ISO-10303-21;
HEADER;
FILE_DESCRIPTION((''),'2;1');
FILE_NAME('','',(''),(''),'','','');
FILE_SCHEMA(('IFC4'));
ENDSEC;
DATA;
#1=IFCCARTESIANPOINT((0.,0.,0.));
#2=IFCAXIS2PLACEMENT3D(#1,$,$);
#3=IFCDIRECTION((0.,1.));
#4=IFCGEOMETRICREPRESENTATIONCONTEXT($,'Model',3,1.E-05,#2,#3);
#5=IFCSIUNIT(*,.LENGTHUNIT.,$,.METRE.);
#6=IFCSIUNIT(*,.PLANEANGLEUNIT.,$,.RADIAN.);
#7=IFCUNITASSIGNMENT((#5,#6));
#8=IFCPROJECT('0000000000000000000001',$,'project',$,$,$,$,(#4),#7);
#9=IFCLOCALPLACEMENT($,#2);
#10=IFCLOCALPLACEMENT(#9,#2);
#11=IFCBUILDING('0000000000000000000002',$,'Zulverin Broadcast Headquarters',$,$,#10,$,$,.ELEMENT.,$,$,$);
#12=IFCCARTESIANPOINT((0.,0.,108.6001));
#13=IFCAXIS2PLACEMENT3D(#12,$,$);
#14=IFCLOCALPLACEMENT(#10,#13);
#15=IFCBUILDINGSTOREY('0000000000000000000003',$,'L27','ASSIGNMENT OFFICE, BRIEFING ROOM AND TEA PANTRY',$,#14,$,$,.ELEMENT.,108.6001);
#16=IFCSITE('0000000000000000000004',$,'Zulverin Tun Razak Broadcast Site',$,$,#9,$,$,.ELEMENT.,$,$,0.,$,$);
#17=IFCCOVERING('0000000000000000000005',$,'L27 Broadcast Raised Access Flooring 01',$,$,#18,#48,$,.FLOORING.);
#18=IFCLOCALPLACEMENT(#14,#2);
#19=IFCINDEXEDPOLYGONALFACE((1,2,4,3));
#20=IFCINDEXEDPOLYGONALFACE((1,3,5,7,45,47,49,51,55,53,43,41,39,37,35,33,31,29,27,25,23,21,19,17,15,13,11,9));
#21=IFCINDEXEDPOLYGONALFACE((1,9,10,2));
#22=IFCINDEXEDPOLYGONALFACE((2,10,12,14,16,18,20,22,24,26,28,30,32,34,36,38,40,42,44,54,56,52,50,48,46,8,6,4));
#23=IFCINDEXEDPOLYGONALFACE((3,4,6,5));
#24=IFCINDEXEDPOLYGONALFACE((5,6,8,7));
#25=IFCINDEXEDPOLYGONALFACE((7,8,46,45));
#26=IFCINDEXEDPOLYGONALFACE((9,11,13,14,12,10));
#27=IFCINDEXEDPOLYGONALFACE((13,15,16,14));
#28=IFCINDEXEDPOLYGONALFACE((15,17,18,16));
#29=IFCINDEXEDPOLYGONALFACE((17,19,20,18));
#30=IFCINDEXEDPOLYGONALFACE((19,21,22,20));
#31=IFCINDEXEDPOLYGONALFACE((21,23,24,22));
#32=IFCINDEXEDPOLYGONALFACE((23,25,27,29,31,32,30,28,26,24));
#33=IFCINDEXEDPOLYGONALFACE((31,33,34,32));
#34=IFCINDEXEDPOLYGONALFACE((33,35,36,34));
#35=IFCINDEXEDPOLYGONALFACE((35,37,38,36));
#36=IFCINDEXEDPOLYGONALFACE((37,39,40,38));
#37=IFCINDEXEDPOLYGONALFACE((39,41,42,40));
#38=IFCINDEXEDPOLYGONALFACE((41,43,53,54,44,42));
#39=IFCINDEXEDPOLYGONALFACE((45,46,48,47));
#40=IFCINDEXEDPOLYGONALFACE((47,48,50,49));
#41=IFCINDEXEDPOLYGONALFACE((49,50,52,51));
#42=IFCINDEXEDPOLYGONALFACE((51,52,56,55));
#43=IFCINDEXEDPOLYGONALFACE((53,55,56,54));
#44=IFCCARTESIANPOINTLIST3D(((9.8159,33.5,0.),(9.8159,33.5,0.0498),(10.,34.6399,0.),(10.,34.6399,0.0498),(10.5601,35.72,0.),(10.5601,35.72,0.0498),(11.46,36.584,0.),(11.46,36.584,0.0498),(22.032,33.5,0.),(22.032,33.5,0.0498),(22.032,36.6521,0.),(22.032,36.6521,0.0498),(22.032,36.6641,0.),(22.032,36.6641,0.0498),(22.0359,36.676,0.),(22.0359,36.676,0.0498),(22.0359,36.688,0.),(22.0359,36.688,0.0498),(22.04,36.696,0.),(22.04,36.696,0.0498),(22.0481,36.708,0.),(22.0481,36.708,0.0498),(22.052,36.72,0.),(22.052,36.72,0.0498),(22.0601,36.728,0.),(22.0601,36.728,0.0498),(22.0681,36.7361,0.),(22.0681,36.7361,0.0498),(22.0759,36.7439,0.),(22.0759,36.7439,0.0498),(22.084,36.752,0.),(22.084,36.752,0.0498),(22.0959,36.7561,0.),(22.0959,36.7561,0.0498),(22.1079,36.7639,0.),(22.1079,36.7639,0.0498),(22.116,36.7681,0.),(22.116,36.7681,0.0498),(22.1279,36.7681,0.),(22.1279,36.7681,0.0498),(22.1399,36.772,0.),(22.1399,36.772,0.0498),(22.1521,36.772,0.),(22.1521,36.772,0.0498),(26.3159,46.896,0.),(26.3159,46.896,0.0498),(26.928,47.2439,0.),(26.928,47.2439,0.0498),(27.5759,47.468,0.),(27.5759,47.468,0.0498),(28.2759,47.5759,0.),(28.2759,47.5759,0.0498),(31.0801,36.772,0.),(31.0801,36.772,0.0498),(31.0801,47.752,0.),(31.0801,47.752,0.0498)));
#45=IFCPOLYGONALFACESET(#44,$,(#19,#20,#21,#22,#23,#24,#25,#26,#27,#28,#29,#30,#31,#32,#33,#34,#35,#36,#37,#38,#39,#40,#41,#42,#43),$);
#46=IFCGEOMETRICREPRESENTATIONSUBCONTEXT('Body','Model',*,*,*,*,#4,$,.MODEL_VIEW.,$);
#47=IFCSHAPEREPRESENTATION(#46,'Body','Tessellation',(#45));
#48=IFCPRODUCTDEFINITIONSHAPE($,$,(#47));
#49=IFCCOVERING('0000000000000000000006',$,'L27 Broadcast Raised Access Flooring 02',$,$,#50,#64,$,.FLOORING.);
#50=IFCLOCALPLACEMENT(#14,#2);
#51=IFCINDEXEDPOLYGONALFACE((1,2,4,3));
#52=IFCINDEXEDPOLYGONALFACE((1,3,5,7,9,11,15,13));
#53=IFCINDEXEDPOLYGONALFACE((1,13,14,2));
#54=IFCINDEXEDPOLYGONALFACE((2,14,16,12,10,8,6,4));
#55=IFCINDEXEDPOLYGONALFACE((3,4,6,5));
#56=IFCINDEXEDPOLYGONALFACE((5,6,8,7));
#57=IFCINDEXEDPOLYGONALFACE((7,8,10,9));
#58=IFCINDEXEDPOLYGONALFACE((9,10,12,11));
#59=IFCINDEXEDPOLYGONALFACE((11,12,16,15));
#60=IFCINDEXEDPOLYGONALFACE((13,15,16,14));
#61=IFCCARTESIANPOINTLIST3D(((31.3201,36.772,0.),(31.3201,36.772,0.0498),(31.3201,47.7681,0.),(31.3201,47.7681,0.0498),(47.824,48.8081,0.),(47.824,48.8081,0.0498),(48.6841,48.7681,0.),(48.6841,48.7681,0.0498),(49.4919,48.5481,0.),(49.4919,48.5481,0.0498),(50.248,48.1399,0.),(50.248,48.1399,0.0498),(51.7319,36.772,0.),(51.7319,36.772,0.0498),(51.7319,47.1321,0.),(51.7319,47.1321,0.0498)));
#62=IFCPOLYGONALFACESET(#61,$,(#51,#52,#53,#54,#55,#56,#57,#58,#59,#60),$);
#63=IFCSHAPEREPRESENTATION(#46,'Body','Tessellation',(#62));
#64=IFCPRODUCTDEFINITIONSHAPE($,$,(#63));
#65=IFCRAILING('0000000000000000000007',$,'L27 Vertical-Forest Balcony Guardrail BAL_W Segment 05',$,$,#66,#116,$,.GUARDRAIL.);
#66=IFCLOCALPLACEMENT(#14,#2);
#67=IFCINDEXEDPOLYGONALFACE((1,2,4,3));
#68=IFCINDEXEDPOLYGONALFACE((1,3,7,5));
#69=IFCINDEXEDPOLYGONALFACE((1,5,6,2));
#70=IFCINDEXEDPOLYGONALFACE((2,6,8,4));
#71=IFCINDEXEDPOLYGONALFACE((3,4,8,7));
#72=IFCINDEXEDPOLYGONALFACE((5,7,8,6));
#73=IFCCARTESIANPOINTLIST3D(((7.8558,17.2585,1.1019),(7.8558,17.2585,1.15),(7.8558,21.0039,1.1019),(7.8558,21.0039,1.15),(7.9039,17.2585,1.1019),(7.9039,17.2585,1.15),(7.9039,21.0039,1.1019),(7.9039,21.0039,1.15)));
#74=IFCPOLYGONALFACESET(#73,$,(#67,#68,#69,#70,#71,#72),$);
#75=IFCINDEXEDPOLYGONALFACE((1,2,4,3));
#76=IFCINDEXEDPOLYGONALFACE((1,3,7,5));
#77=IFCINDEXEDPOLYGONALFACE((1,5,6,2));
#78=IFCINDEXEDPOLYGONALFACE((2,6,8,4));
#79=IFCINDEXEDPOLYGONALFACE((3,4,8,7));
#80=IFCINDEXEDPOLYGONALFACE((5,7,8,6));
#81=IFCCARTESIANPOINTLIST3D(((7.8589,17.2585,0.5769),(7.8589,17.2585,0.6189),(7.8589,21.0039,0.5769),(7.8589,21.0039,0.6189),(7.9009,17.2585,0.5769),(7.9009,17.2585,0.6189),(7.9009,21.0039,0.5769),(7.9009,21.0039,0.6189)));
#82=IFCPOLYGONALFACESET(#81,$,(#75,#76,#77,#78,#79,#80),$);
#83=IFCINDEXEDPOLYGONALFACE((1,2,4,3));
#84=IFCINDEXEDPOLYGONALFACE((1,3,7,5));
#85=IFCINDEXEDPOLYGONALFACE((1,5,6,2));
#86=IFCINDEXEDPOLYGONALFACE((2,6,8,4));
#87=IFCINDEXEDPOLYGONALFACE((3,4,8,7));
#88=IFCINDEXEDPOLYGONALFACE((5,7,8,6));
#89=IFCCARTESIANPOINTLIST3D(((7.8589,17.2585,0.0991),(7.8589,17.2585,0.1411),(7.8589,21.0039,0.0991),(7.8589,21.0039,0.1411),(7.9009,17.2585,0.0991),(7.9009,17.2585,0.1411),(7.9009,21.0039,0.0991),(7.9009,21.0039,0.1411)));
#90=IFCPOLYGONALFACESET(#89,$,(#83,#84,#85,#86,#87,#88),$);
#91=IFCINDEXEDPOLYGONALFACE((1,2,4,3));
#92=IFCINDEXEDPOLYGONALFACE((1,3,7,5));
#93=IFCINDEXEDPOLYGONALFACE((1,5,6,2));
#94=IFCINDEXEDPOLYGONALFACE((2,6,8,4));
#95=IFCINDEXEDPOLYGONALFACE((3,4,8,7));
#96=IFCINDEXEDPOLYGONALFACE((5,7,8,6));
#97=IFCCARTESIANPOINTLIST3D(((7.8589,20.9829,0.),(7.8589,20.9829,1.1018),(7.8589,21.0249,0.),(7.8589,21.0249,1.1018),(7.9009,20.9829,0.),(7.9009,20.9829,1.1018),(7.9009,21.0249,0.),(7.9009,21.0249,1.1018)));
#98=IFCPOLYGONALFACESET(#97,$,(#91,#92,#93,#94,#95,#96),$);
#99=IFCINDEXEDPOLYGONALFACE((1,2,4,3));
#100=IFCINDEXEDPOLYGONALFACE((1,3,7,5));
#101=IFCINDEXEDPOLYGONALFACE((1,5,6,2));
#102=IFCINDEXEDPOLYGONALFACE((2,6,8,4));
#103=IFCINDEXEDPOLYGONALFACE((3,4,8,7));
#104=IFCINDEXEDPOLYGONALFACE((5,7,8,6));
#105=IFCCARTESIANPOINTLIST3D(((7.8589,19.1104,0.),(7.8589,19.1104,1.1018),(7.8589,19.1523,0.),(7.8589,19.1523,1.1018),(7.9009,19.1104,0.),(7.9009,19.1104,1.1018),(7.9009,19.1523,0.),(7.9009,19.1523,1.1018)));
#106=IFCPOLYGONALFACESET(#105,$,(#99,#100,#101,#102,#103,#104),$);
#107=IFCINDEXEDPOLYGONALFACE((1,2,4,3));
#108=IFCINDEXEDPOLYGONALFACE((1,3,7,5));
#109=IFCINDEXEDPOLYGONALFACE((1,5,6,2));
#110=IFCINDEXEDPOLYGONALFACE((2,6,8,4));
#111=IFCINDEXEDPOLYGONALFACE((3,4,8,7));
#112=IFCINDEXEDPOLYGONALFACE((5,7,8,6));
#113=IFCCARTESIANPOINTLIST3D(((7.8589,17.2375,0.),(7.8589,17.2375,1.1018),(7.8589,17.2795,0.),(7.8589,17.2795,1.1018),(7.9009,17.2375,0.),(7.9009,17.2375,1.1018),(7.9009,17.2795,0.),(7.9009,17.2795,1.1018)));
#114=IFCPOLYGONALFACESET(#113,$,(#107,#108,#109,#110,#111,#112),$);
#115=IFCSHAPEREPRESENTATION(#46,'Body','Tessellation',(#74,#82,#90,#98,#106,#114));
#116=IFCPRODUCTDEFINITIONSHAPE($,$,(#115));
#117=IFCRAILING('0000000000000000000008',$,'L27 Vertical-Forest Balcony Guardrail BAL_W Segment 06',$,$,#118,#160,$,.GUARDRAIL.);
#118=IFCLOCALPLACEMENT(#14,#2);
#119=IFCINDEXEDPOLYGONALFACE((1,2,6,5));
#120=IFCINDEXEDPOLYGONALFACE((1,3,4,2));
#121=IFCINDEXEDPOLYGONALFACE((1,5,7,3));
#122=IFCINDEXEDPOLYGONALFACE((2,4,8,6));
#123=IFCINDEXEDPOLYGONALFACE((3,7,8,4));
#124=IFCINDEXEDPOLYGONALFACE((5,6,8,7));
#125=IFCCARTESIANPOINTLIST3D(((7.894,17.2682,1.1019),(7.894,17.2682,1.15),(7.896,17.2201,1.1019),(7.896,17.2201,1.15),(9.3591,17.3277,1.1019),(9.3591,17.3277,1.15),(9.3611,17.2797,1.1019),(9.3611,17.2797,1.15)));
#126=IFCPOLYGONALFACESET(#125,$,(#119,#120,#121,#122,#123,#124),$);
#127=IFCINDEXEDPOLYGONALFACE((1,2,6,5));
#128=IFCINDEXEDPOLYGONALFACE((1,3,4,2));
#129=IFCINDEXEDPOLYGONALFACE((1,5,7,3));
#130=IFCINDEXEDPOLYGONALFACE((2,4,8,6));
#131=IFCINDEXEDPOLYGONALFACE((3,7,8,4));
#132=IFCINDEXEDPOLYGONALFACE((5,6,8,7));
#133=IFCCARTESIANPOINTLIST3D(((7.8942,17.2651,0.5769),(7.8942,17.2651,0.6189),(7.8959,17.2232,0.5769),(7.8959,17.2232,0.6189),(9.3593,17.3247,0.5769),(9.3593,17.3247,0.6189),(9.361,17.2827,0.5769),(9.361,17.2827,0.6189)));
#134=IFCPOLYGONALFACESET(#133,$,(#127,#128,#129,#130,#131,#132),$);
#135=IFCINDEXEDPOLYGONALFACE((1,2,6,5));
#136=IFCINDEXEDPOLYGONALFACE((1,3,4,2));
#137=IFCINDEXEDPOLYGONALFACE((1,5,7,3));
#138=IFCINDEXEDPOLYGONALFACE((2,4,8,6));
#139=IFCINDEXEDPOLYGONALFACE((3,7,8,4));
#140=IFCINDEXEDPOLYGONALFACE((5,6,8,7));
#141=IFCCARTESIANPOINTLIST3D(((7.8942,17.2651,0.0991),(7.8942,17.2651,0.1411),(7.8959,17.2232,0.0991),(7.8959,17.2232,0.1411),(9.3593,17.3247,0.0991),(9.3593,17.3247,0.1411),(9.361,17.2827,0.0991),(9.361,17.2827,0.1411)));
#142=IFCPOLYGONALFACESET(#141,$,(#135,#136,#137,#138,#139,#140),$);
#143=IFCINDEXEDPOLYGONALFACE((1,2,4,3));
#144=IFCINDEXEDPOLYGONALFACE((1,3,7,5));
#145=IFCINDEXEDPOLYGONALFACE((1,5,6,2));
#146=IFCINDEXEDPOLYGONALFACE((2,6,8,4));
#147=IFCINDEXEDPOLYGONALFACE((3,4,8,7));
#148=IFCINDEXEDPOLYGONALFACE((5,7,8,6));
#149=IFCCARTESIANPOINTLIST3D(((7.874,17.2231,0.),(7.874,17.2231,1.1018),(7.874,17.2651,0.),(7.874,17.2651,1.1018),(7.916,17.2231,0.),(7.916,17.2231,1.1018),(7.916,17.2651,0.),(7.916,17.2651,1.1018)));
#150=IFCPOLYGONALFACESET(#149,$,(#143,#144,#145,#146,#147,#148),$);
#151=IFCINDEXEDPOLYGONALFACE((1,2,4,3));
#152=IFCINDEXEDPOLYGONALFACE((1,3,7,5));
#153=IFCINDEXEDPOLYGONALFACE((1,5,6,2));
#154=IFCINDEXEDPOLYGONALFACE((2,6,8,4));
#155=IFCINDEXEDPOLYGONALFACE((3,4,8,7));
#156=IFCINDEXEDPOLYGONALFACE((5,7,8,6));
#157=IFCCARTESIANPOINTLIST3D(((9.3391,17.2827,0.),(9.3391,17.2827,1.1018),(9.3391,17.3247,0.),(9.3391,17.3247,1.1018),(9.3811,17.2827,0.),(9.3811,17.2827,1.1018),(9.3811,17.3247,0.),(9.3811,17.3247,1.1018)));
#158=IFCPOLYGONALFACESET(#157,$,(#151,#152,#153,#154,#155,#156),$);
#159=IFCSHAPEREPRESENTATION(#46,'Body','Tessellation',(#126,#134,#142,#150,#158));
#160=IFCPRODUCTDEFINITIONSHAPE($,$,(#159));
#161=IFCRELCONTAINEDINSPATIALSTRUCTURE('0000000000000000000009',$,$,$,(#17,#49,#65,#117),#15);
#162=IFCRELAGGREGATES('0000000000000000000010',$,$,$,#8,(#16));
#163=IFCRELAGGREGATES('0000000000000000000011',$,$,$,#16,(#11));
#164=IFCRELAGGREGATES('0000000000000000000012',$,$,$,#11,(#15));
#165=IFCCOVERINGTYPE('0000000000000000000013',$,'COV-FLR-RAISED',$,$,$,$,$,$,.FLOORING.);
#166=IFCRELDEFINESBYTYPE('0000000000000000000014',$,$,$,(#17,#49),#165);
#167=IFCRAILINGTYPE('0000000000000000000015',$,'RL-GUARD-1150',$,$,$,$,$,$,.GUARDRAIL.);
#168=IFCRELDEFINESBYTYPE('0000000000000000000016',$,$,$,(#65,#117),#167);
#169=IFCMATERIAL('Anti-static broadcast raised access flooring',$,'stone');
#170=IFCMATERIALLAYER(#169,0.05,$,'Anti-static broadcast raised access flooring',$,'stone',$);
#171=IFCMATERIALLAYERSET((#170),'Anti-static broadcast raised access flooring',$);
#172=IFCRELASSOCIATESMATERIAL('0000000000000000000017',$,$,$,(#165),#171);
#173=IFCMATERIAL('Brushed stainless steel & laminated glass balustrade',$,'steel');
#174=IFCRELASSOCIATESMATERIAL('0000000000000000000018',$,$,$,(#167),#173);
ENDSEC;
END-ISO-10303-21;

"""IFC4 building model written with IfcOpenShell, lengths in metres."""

from ifc_helpers import new_model, si_unit, direction, frame, origin, origin_2d, place, context, subcontext, project, spatial, polyline, rectangle, outline, extrude, material, layer, layer_set, type_object, element, save


model = new_model("IFC4")

# Units and contexts
model_context = context("Model", 3, precision=1e-05, world=origin(), true_north=direction((0.0, 1.0)))
body_context = subcontext(model_context, "Body", "Model", "MODEL_VIEW")
ifc_project = project(units=[si_unit("LENGTHUNIT", "METRE"), si_unit("PLANEANGLEUNIT", "RADIAN")], contexts=[model_context])

# Site, building, storey
site_placement = place(None, origin())
site = spatial("IfcSite", under=ifc_project, at=site_placement, Name="Zulverin Tun Razak Broadcast Site", CompositionType="ELEMENT", RefElevation=0.0)
building_placement = place(site_placement, origin())
building = spatial("IfcBuilding", under=site, at=building_placement, Name="Zulverin Broadcast Headquarters", CompositionType="ELEMENT")
storey_placement = place(building_placement, frame((0.0, 0.0, 108.6001)))
storey = spatial("IfcBuildingStorey", under=building, at=storey_placement, Name="L27", Description="ASSIGNMENT OFFICE, BRIEFING ROOM AND TEA PANTRY", CompositionType="ELEMENT", Elevation=108.6001)

# Coverings
ifc_material_1 = material(Name="Anti-static broadcast raised access flooring", Category="stone")
ifc_layer_1 = layer(ifc_material_1, 0.05, Name="Anti-static broadcast raised access flooring", Category="stone")
ifc_layer_set_1 = layer_set([ifc_layer_1], Name="Anti-static broadcast raised access flooring")
covering_type_1 = type_object("IfcCoveringType", Name="COV-FLR-RAISED", PredefinedType="FLOORING", material=ifc_layer_set_1)
covering_1_placement = place(storey_placement, origin())
element("IfcCovering", 1, at=covering_1_placement, inside=storey, type_object=covering_type_1, Name="L27 Broadcast Raised Access Flooring 01", PredefinedType="FLOORING", context=body_context, shape_type="SweptSolid", body=[
    extrude(outline(polyline([(11.46, 36.584), (10.5601, 35.72), (10.0, 34.6399), (9.8159, 33.5), (22.032, 33.5), (22.032, 36.6521), (22.032, 36.6641), (22.0359, 36.676), (22.0359, 36.688), (22.04, 36.696), (22.0481, 36.708), (22.052, 36.72), (22.0601, 36.728), (22.0681, 36.7361), (22.0759, 36.7439), (22.084, 36.752), (22.0959, 36.7561), (22.1079, 36.7639), (22.116, 36.7681), (22.1279, 36.7681), (22.1399, 36.772), (22.1521, 36.772), (31.0801, 36.772), (31.0801, 47.752), (28.2759, 47.5759), (27.5759, 47.468), (26.928, 47.2439), (26.3159, 46.896), (11.46, 36.584)])), origin(), (0.0, 0.0, 1.0), 0.0498),
])
covering_2_placement = place(storey_placement, origin())
element("IfcCovering", 2, at=covering_2_placement, inside=storey, type_object=covering_type_1, Name="L27 Broadcast Raised Access Flooring 02", PredefinedType="FLOORING", context=body_context, shape_type="SweptSolid", body=[
    extrude(outline(polyline([(51.7319, 36.772), (51.7319, 47.1321), (50.248, 48.1399), (49.4919, 48.5481), (48.6841, 48.7681), (47.824, 48.8081), (31.3201, 47.7681), (31.3201, 36.772), (51.7319, 36.772)])), origin(), (0.0, 0.0, 1.0), 0.0498),
])

# Railings
ifc_material_2 = material(Name="Brushed stainless steel & laminated glass balustrade", Category="steel")
railing_type = type_object("IfcRailingType", Name="RL-GUARD-1150", PredefinedType="GUARDRAIL", material=ifc_material_2)
railing_1_placement = place(storey_placement, frame((7.8799, 21.0039, 0.0)))
element("IfcRailing", 3, at=railing_1_placement, inside=storey, type_object=railing_type, Name="L27 Vertical-Forest Balcony Guardrail BAL_W Segment 05", PredefinedType="GUARDRAIL", context=body_context, shape_type="SweptSolid", body=[
    extrude(rectangle(XDim=0.0481, YDim=0.0481, at=origin_2d()), frame((0.0, 0.0, 1.126), z_axis=(0.0, -1.0, 0.0), x_axis=(1.0, 0.0, 0.0)), (0.0, 0.0, 1.0), 3.7454),
    extrude(rectangle(XDim=0.042, YDim=0.042, at=origin_2d()), frame((0.0, 0.0, 0.5979), z_axis=(0.0, -1.0, 0.0), x_axis=(1.0, 0.0, 0.0)), (0.0, 0.0, 1.0), 3.7454),
    extrude(rectangle(XDim=0.042, YDim=0.042, at=origin_2d()), frame((0.0, 0.0, 0.1201), z_axis=(0.0, -1.0, 0.0), x_axis=(1.0, 0.0, 0.0)), (0.0, 0.0, 1.0), 3.7454),
    extrude(rectangle(XDim=0.042, YDim=0.042, at=origin_2d()), origin(), (0.0, 0.0, 1.0), 1.1018),
    extrude(rectangle(XDim=0.042, YDim=0.042, at=origin_2d()), frame((0.0, -1.8726, 0.0)), (0.0, 0.0, 1.0), 1.1018),
    extrude(rectangle(XDim=0.042, YDim=0.042, at=origin_2d()), frame((0.0, -3.7454, 0.0)), (0.0, 0.0, 1.0), 1.1018),
])
railing_2_placement = place(storey_placement, frame((7.895, 17.2441, 0.0)))
element("IfcRailing", 4, at=railing_2_placement, inside=storey, type_object=railing_type, Name="L27 Vertical-Forest Balcony Guardrail BAL_W Segment 06", PredefinedType="GUARDRAIL", context=body_context, shape_type="SweptSolid", body=[
    extrude(rectangle(XDim=0.0481, YDim=0.0481, at=origin_2d()), frame((0.0, 0.0, 1.126), z_axis=(0.999174, 0.040626, 0.0), x_axis=(-0.040626, 0.999174, 0.0)), (0.0, 0.0, 1.0), 1.4663),
    extrude(rectangle(XDim=0.042, YDim=0.042, at=origin_2d()), frame((0.0, 0.0, 0.5979), z_axis=(0.999174, 0.040626, 0.0), x_axis=(-0.040626, 0.999174, 0.0)), (0.0, 0.0, 1.0), 1.4663),
    extrude(rectangle(XDim=0.042, YDim=0.042, at=origin_2d()), frame((0.0, 0.0, 0.1201), z_axis=(0.999174, 0.040626, 0.0), x_axis=(-0.040626, 0.999174, 0.0)), (0.0, 0.0, 1.0), 1.4663),
    extrude(rectangle(XDim=0.042, YDim=0.042, at=origin_2d()), origin(), (0.0, 0.0, 1.0), 1.1018),
    extrude(rectangle(XDim=0.042, YDim=0.042, at=origin_2d()), frame((1.4651, 0.0596, 0.0)), (0.0, 0.0, 1.0), 1.1018),
])

save(model, "model.ifc")
